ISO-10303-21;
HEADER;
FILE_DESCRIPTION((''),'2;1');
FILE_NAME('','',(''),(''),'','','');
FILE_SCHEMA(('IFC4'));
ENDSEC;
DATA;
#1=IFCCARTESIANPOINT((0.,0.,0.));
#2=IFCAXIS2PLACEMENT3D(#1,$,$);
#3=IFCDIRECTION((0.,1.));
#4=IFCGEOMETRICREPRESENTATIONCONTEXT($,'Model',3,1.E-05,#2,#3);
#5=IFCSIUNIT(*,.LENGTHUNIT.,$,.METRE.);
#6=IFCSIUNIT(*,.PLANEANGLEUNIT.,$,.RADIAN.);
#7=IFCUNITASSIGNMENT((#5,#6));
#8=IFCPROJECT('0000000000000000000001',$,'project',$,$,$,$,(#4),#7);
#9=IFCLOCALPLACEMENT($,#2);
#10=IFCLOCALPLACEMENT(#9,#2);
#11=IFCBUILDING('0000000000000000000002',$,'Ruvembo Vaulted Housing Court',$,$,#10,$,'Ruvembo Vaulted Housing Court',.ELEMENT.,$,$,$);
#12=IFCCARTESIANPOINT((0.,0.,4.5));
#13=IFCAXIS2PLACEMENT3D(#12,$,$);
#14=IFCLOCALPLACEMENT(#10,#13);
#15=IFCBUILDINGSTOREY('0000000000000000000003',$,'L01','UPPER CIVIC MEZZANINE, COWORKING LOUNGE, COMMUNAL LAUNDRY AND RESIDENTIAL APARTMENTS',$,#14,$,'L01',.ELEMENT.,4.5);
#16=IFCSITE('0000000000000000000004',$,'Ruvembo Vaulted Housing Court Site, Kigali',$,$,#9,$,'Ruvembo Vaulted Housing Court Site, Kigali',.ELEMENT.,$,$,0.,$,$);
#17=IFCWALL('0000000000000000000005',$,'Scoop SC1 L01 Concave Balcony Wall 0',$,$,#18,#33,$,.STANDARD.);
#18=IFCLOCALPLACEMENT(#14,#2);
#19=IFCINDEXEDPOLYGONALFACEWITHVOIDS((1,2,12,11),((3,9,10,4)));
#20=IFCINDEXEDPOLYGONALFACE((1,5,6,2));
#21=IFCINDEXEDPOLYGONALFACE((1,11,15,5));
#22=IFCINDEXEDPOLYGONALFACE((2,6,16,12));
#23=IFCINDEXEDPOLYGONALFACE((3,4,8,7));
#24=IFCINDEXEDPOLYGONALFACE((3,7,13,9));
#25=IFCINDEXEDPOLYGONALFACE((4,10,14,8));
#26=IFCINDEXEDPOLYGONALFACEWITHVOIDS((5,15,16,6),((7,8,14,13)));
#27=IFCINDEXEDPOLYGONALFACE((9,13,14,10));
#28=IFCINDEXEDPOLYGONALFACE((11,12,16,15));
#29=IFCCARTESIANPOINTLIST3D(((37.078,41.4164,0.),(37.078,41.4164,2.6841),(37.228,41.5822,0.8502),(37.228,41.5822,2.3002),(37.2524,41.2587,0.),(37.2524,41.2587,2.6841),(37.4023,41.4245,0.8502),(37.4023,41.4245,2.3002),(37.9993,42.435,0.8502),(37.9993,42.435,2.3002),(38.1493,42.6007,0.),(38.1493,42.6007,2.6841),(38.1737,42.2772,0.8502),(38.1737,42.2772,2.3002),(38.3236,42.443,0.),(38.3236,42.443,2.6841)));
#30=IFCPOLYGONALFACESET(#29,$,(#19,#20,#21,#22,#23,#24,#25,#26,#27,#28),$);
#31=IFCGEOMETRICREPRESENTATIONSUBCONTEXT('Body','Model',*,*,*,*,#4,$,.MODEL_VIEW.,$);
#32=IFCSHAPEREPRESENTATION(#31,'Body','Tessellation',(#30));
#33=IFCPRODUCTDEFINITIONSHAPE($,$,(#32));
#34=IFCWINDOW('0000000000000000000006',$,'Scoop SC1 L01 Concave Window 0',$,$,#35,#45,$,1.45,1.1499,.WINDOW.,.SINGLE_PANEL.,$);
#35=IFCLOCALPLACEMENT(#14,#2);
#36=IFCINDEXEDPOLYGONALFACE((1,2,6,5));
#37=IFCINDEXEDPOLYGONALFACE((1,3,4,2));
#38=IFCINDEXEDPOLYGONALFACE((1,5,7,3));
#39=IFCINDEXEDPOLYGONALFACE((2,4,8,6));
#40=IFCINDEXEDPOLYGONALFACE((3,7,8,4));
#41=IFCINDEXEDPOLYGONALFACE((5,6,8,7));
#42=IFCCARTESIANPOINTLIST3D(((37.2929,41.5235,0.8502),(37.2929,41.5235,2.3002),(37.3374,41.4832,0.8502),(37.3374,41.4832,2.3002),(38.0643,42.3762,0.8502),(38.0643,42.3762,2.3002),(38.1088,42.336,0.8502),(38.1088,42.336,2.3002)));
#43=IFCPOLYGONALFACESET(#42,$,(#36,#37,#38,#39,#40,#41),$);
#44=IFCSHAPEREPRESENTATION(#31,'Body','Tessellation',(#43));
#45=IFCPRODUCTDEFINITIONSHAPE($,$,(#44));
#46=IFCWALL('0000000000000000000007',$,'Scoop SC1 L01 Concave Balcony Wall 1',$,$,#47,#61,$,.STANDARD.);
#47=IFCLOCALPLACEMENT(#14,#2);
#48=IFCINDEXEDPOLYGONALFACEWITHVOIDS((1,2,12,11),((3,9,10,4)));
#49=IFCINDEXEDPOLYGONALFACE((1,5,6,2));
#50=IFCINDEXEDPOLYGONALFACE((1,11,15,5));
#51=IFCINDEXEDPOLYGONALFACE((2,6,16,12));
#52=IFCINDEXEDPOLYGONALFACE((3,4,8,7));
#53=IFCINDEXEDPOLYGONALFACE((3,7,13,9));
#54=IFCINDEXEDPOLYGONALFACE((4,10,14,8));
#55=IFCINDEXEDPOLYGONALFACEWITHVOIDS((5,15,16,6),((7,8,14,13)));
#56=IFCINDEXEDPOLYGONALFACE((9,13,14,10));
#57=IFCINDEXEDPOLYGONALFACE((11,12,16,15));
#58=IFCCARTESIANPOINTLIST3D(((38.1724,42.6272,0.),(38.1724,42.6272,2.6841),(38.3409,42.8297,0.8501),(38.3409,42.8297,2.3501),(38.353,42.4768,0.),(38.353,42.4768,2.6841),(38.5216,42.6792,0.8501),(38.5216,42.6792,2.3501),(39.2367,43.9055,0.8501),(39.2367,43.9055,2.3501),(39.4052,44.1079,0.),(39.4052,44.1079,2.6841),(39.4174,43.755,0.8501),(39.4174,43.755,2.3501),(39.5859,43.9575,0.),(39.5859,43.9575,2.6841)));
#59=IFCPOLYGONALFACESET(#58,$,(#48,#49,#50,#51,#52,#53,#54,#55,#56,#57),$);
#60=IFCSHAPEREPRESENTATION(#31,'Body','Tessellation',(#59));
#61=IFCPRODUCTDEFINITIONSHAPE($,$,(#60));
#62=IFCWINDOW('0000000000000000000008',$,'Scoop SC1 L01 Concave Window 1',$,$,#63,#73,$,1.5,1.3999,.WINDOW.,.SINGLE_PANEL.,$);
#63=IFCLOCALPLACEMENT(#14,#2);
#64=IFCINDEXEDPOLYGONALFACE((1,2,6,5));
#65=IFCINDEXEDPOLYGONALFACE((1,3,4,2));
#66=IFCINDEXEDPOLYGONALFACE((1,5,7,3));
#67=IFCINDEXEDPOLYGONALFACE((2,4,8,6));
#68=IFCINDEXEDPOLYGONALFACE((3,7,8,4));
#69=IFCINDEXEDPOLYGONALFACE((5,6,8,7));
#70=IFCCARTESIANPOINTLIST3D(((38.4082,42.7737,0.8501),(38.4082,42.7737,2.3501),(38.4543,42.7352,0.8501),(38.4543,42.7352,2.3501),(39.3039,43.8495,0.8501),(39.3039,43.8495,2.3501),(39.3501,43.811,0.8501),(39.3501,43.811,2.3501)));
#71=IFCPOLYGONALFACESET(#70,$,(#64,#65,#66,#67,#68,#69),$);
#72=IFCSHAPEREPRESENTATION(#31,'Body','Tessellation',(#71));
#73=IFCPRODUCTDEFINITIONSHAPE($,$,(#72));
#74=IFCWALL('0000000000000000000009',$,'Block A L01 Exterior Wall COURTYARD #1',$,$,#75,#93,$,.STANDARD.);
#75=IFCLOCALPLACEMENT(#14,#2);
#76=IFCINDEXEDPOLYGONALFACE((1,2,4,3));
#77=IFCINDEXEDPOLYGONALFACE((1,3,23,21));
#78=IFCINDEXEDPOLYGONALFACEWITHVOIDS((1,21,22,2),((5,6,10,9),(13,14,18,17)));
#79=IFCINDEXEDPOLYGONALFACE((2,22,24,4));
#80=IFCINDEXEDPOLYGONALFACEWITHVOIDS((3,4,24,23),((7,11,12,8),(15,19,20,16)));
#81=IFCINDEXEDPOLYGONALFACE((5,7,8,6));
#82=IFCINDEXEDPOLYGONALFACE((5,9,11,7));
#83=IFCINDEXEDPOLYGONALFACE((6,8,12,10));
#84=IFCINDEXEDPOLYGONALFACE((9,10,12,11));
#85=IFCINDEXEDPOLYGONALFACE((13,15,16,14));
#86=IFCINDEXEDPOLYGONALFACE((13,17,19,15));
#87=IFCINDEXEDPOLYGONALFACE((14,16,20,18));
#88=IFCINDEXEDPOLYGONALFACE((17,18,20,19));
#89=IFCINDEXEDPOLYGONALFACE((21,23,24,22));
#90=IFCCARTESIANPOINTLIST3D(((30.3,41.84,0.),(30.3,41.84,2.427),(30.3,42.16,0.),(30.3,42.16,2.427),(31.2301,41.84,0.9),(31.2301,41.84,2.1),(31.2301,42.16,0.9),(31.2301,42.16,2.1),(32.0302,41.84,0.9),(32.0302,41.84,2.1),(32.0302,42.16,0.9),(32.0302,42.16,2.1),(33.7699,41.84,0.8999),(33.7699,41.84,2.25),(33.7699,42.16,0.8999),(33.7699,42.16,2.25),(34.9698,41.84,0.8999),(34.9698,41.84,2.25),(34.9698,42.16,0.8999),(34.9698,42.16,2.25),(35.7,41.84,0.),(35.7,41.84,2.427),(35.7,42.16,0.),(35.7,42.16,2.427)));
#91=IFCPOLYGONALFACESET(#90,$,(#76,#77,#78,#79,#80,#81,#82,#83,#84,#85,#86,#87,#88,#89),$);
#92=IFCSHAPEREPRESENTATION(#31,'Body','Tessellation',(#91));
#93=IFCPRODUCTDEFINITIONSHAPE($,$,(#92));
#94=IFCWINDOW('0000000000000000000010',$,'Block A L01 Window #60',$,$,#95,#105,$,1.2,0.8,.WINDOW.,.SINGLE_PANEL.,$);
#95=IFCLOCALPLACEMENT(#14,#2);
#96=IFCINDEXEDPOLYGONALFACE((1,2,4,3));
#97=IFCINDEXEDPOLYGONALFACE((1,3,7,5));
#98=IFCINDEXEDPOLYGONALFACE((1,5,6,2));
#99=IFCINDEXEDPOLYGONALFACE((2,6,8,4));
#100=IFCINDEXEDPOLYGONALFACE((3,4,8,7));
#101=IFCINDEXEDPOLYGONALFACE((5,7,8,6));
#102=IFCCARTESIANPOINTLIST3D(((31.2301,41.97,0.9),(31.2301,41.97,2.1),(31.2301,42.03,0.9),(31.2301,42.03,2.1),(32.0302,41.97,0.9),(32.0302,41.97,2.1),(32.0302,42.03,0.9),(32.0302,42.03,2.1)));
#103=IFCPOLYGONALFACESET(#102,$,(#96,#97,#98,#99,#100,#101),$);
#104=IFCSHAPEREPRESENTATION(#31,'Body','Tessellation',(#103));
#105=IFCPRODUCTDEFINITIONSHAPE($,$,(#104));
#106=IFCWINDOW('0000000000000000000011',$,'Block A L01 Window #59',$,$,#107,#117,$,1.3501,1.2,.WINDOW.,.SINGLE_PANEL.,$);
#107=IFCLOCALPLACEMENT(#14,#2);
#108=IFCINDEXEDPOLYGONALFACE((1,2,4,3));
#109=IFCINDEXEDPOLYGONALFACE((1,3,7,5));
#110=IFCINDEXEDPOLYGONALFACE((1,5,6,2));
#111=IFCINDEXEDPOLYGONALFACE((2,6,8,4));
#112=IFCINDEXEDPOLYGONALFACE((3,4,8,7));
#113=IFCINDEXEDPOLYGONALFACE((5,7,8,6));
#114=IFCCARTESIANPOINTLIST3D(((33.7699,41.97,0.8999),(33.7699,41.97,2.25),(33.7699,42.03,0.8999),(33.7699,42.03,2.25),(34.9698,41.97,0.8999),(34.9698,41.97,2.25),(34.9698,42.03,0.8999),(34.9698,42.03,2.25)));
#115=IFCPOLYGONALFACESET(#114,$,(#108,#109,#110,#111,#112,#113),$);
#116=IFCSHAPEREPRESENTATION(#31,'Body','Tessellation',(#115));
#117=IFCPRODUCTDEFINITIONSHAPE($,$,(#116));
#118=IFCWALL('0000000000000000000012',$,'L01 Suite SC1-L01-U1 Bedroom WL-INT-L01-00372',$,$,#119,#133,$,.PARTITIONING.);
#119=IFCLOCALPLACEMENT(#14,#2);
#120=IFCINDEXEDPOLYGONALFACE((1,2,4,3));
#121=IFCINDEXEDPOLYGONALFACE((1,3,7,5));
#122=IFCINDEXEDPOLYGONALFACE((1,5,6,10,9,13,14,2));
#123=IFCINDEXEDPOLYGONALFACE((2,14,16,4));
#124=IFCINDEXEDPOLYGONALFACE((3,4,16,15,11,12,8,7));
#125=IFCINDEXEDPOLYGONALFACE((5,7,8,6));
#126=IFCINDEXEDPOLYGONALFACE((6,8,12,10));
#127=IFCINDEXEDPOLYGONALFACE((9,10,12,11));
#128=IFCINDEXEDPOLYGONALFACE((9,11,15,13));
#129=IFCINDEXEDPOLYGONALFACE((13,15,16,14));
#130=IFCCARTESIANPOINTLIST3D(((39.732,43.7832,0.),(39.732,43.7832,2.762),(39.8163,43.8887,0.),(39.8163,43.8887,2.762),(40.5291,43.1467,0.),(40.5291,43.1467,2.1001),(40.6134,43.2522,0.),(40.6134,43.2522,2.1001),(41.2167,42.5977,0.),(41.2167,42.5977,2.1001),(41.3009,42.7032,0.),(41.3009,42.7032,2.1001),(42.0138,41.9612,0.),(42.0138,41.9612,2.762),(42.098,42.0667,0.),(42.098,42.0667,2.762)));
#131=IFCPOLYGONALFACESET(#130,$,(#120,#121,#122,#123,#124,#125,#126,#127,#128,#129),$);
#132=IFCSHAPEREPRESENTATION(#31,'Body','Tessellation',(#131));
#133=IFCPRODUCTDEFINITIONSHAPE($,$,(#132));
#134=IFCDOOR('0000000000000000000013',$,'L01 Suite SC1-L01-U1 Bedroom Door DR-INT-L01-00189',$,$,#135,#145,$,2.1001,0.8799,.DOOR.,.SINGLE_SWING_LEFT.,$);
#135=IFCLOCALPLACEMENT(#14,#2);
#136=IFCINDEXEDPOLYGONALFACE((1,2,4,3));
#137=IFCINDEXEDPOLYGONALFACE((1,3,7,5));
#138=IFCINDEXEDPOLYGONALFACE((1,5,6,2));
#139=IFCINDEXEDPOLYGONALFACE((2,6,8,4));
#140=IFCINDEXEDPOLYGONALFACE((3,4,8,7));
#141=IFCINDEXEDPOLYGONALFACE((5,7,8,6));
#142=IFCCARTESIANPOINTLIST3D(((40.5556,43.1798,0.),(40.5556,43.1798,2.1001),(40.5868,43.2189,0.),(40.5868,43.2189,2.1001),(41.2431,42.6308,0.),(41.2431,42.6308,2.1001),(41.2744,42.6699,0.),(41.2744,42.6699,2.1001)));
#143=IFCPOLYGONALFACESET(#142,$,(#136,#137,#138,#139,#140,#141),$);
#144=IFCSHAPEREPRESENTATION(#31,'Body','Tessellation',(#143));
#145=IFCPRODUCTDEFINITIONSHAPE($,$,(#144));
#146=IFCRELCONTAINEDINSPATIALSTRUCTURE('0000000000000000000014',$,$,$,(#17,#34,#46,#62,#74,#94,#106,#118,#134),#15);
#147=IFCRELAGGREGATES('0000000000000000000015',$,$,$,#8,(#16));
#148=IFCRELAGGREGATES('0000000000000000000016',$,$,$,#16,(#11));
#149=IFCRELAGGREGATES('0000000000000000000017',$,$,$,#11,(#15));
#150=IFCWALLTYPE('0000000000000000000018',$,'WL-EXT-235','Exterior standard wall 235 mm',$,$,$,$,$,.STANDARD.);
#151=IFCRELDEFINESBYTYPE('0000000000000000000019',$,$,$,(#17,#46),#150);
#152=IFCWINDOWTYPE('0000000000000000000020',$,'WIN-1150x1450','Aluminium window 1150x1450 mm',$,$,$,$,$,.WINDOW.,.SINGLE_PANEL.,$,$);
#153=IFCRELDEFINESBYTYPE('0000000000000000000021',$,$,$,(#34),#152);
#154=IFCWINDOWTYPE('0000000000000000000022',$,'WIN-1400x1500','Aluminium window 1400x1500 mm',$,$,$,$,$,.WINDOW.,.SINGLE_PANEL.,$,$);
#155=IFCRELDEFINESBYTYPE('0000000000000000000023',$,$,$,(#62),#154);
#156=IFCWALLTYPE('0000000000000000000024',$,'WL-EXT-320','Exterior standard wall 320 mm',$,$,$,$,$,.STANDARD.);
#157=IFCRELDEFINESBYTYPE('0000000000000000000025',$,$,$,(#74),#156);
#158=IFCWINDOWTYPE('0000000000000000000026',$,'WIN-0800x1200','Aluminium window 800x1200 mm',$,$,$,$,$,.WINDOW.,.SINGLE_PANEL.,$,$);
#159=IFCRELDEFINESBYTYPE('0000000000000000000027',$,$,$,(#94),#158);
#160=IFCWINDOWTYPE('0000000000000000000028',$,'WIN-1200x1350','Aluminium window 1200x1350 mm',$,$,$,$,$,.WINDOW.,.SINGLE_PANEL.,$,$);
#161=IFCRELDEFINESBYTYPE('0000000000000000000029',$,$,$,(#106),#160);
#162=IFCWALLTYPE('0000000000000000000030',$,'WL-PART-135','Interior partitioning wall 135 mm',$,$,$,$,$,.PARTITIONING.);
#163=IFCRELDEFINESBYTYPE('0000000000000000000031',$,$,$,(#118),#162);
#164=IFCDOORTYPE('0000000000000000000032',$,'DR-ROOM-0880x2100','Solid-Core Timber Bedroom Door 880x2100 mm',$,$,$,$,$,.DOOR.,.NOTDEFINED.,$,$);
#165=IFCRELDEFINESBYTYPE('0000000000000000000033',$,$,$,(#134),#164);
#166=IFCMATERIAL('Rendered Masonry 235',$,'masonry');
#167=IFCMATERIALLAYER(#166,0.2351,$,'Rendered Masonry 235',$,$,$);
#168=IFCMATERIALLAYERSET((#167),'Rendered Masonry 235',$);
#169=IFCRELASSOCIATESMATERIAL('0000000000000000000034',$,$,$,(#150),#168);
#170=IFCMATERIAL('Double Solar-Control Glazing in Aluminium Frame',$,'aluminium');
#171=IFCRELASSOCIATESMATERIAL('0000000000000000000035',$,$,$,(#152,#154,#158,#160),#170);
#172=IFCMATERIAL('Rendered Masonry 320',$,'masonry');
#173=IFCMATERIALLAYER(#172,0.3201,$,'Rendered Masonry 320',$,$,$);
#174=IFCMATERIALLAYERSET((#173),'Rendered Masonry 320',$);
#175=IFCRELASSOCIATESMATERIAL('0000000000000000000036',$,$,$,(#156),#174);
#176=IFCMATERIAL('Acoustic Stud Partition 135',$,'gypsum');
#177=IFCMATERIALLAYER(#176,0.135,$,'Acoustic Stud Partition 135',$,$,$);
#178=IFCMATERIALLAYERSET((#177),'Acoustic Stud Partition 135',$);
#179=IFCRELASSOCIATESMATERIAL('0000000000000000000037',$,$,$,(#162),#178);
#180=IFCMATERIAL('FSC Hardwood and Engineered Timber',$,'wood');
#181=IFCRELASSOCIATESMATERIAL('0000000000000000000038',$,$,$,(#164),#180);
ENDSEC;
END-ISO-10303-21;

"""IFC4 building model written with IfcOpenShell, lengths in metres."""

from ifc_helpers import new_model, si_unit, direction, frame, frame_2d, origin, place, context, subcontext, project, spatial, rectangle, extrude, material, layer, layer_set, type_object, element, fill, save


model = new_model("IFC4")

# Units and contexts
model_context = context("Model", 3, precision=1e-05, world=origin(), true_north=direction((0.0, 1.0)))
body_context = subcontext(model_context, "Body", "Model", "MODEL_VIEW")
ifc_project = project(units=[si_unit("LENGTHUNIT", "METRE"), si_unit("PLANEANGLEUNIT", "RADIAN")], contexts=[model_context])

# Site, building, storey
site_placement = place(None, origin())
site = spatial("IfcSite", under=ifc_project, at=site_placement, Name="Ruvembo Vaulted Housing Court Site, Kigali", LongName="Ruvembo Vaulted Housing Court Site, Kigali", CompositionType="ELEMENT", RefElevation=0.0)
building_placement = place(site_placement, origin())
building = spatial("IfcBuilding", under=site, at=building_placement, Name="Ruvembo Vaulted Housing Court", LongName="Ruvembo Vaulted Housing Court", CompositionType="ELEMENT")
storey_placement = place(building_placement, frame((0.0, 0.0, 4.5)))
storey = spatial("IfcBuildingStorey", under=building, at=storey_placement, Name="L01", Description="UPPER CIVIC MEZZANINE, COWORKING LOUNGE, COMMUNAL LAUNDRY AND RESIDENTIAL APARTMENTS", LongName="L01", CompositionType="ELEMENT", Elevation=4.5)

# Walls, openings, windows
ifc_material_1 = material(Name="Rendered Masonry 235", Category="masonry")
ifc_layer_1 = layer(ifc_material_1, 0.2351, Name="Rendered Masonry 235")
ifc_layer_set_1 = layer_set([ifc_layer_1], Name="Rendered Masonry 235")
wall_type_1 = type_object("IfcWallType", Name="WL-EXT-235", Description="Exterior standard wall 235 mm", PredefinedType="STANDARD", material=ifc_layer_set_1)
wall_1_placement = place(storey_placement, frame((37.1653, 41.3376, 0.0), z_axis=(0.0, 0.0, 1.0), x_axis=(0.670829, 0.741612, 0.0)))
wall_1 = element("IfcWall", 1, at=wall_1_placement, inside=storey, type_object=wall_type_1, Name="Scoop SC1 L01 Concave Balcony Wall 0", PredefinedType="STANDARD", context=body_context, shape_type="SweptSolid", body=[
    extrude(rectangle(XDim=1.5969, YDim=0.2351, at=frame_2d((0.7983, 0.0))), origin(), (0.0, 0.0, 1.0), 2.6841),
])
opening_1_placement = place(wall_1_placement, frame((0.2234, 0.0, 0.8501)))
opening_1 = element("IfcOpeningElement", 2, at=opening_1_placement, cuts=wall_1, PredefinedType="OPENING", context=body_context, shape_type="SweptSolid", body=[
    extrude(rectangle(XDim=1.1499, YDim=1.45, at=frame_2d((0.575, 0.7251))), frame((0.0, 0.1274, 0.0), z_axis=(0.0, -1.0, 0.0), x_axis=(1.0, 0.0, 0.0)), (0.0, 0.0, 1.0), 0.2551),
])
ifc_material_2 = material(Name="Double Solar-Control Glazing in Aluminium Frame", Category="aluminium")
window_type_1 = type_object("IfcWindowType", Name="WIN-1150x1450", Description="Aluminium window 1150x1450 mm", PartitioningType="SINGLE_PANEL", PredefinedType="WINDOW", material=ifc_material_2)
window_1_placement = place(opening_1_placement, origin())
window_1 = element("IfcWindow", 3, at=window_1_placement, inside=storey, type_object=window_type_1, Name="Scoop SC1 L01 Concave Window 0", OverallHeight=1.45, OverallWidth=1.1499, PartitioningType="SINGLE_PANEL", PredefinedType="WINDOW", context=body_context, shape_type="SweptSolid", body=[
    extrude(rectangle(XDim=1.1499, YDim=1.45, at=frame_2d((0.575, 0.7251))), frame((0.0, 0.03, 0.0), z_axis=(0.0, -1.0, 0.0), x_axis=(1.0, 0.0, 0.0)), (0.0, 0.0, 1.0), 0.0601),
])
fill(opening_1, window_1)
wall_2_placement = place(storey_placement, frame((38.2627, 42.552, 0.0), z_axis=(0.0, 0.0, 1.0), x_axis=(0.639873, 0.768481, 0.0)))
wall_2 = element("IfcWall", 4, at=wall_2_placement, inside=storey, type_object=wall_type_1, Name="Scoop SC1 L01 Concave Balcony Wall 1", PredefinedType="STANDARD", context=body_context, shape_type="SweptSolid", body=[
    extrude(rectangle(XDim=1.9268, YDim=0.2351, at=frame_2d((0.9634, 0.0))), origin(), (0.0, 0.0, 1.0), 2.6841),
])
opening_2_placement = place(wall_2_placement, frame((0.2634, 0.0, 0.8501)))
opening_2 = element("IfcOpeningElement", 5, at=opening_2_placement, cuts=wall_2, PredefinedType="OPENING", context=body_context, shape_type="SweptSolid", body=[
    extrude(rectangle(XDim=1.3999, YDim=1.5, at=frame_2d((0.7, 0.75))), frame((0.0, 0.1274, 0.0), z_axis=(0.0, -1.0, 0.0), x_axis=(1.0, 0.0, 0.0)), (0.0, 0.0, 1.0), 0.2551),
])
window_type_2 = type_object("IfcWindowType", Name="WIN-1400x1500", Description="Aluminium window 1400x1500 mm", PartitioningType="SINGLE_PANEL", PredefinedType="WINDOW", material=ifc_material_2)
window_2_placement = place(opening_2_placement, origin())
window_2 = element("IfcWindow", 6, at=window_2_placement, inside=storey, type_object=window_type_2, Name="Scoop SC1 L01 Concave Window 1", OverallHeight=1.5, OverallWidth=1.3999, PartitioningType="SINGLE_PANEL", PredefinedType="WINDOW", context=body_context, shape_type="SweptSolid", body=[
    extrude(rectangle(XDim=1.3999, YDim=1.5, at=frame_2d((0.7, 0.75))), frame((0.0, 0.03, 0.0), z_axis=(0.0, -1.0, 0.0), x_axis=(1.0, 0.0, 0.0)), (0.0, 0.0, 1.0), 0.0601),
])
fill(opening_2, window_2)

# Shared definitions
ifc_material_3 = material(Name="Rendered Masonry 320", Category="masonry")
ifc_layer_2 = layer(ifc_material_3, 0.3201, Name="Rendered Masonry 320")
ifc_layer_set_2 = layer_set([ifc_layer_2], Name="Rendered Masonry 320")
wall_type_2 = type_object("IfcWallType", Name="WL-EXT-320", Description="Exterior standard wall 320 mm", PredefinedType="STANDARD", material=ifc_layer_set_2)

# Wall, openings, windows
wall_3_placement = place(storey_placement, frame((35.7, 42.0, 0.0), z_axis=(0.0, 0.0, 1.0), x_axis=(-1.0, 0.0, 0.0)))
wall_3 = element("IfcWall", 7, at=wall_3_placement, inside=storey, type_object=wall_type_2, Name="Block A L01 Exterior Wall COURTYARD #1", PredefinedType="STANDARD", context=body_context, shape_type="SweptSolid", body=[
    extrude(rectangle(XDim=5.3999, YDim=0.3201, at=frame_2d((2.7, 0.0))), origin(), (0.0, 0.0, 1.0), 2.427),
])
opening_3_placement = place(wall_3_placement, frame((0.73, 0.0, 0.8999)))
opening_3 = element("IfcOpeningElement", 8, at=opening_3_placement, cuts=wall_3, PredefinedType="OPENING", context=body_context, shape_type="SweptSolid", body=[
    extrude(rectangle(XDim=1.2, YDim=1.3501, at=frame_2d((0.6001, 0.675))), frame((0.0, 0.1699, 0.0), z_axis=(0.0, -1.0, 0.0), x_axis=(1.0, 0.0, 0.0)), (0.0, 0.0, 1.0), 0.3401),
])
opening_4_placement = place(wall_3_placement, frame((3.6699, 0.0, 0.8999)))
opening_4 = element("IfcOpeningElement", 9, at=opening_4_placement, cuts=wall_3, PredefinedType="OPENING", context=body_context, shape_type="SweptSolid", body=[
    extrude(rectangle(XDim=0.8, YDim=1.2, at=frame_2d((0.3999, 0.6001))), frame((0.0, 0.1699, 0.0), z_axis=(0.0, -1.0, 0.0), x_axis=(1.0, 0.0, 0.0)), (0.0, 0.0, 1.0), 0.3401),
])
window_type_3 = type_object("IfcWindowType", Name="WIN-0800x1200", Description="Aluminium window 800x1200 mm", PartitioningType="SINGLE_PANEL", PredefinedType="WINDOW", material=ifc_material_2)
window_3_placement = place(opening_4_placement, origin())
window_3 = element("IfcWindow", 10, at=window_3_placement, inside=storey, type_object=window_type_3, Name="Block A L01 Window #60", OverallHeight=1.2, OverallWidth=0.8, PartitioningType="SINGLE_PANEL", PredefinedType="WINDOW", context=body_context, shape_type="SweptSolid", body=[
    extrude(rectangle(XDim=0.8, YDim=1.2, at=frame_2d((0.3999, 0.6001))), frame((0.0, 0.03, 0.0), z_axis=(0.0, -1.0, 0.0), x_axis=(1.0, 0.0, 0.0)), (0.0, 0.0, 1.0), 0.0601),
])
fill(opening_4, window_3)
window_type_4 = type_object("IfcWindowType", Name="WIN-1200x1350", Description="Aluminium window 1200x1350 mm", PartitioningType="SINGLE_PANEL", PredefinedType="WINDOW", material=ifc_material_2)
window_4_placement = place(opening_3_placement, origin())
window_4 = element("IfcWindow", 11, at=window_4_placement, inside=storey, type_object=window_type_4, Name="Block A L01 Window #59", OverallHeight=1.3501, OverallWidth=1.2, PartitioningType="SINGLE_PANEL", PredefinedType="WINDOW", context=body_context, shape_type="SweptSolid", body=[
    extrude(rectangle(XDim=1.2, YDim=1.3501, at=frame_2d((0.6001, 0.675))), frame((0.0, 0.03, 0.0), z_axis=(0.0, -1.0, 0.0), x_axis=(1.0, 0.0, 0.0)), (0.0, 0.0, 1.0), 0.0601),
])
fill(opening_3, window_4)

# Wall, opening, door
ifc_material_4 = material(Name="Acoustic Stud Partition 135", Category="gypsum")
ifc_layer_3 = layer(ifc_material_4, 0.135, Name="Acoustic Stud Partition 135")
ifc_layer_set_3 = layer_set([ifc_layer_3], Name="Acoustic Stud Partition 135")
wall_type_3 = type_object("IfcWallType", Name="WL-PART-135", Description="Interior partitioning wall 135 mm", PredefinedType="PARTITIONING", material=ifc_layer_set_3)
wall_4_placement = place(storey_placement, frame((39.7742, 43.8359, 0.0), z_axis=(0.0, 0.0, 1.0), x_axis=(0.781431, -0.623991, 0.0)))
wall_4 = element("IfcWall", 12, at=wall_4_placement, inside=storey, type_object=wall_type_3, Name="L01 Suite SC1-L01-U1 Bedroom WL-INT-L01-00372", PredefinedType="PARTITIONING", context=body_context, shape_type="SweptSolid", body=[
    extrude(rectangle(XDim=2.9199, YDim=0.135, at=frame_2d((1.46, 0.0))), origin(), (0.0, 0.0, 1.0), 2.762),
])
opening_5_placement = place(wall_4_placement, frame((1.02, 0.0, 0.0)))
opening_5 = element("IfcOpeningElement", 13, at=opening_5_placement, cuts=wall_4, PredefinedType="OPENING", context=body_context, shape_type="SweptSolid", body=[
    extrude(rectangle(XDim=0.8799, YDim=2.1001, at=frame_2d((0.4399, 1.05))), frame((0.0, 0.0774, 0.0), z_axis=(0.0, -1.0, 0.0), x_axis=(1.0, 0.0, 0.0)), (0.0, 0.0, 1.0), 0.155),
])
ifc_material_5 = material(Name="FSC Hardwood and Engineered Timber", Category="wood")
door_type_1 = type_object("IfcDoorType", Name="DR-ROOM-0880x2100", Description="Solid-Core Timber Bedroom Door 880x2100 mm", OperationType="NOTDEFINED", PredefinedType="DOOR", material=ifc_material_5)
door_1_placement = place(opening_5_placement, origin())
door_1 = element("IfcDoor", 14, at=door_1_placement, inside=storey, type_object=door_type_1, Name="L01 Suite SC1-L01-U1 Bedroom Door DR-INT-L01-00189", OperationType="SINGLE_SWING_LEFT", OverallHeight=2.1001, OverallWidth=0.8799, PredefinedType="DOOR", context=body_context, shape_type="SweptSolid", body=[
    extrude(rectangle(XDim=0.8799, YDim=2.1001, at=frame_2d((0.4399, 1.05))), frame((0.0, 0.0249, 0.0), z_axis=(0.0, -1.0, 0.0), x_axis=(1.0, 0.0, 0.0)), (0.0, 0.0, 1.0), 0.05),
])
fill(opening_5, door_1)

save(model, "model.ifc")
